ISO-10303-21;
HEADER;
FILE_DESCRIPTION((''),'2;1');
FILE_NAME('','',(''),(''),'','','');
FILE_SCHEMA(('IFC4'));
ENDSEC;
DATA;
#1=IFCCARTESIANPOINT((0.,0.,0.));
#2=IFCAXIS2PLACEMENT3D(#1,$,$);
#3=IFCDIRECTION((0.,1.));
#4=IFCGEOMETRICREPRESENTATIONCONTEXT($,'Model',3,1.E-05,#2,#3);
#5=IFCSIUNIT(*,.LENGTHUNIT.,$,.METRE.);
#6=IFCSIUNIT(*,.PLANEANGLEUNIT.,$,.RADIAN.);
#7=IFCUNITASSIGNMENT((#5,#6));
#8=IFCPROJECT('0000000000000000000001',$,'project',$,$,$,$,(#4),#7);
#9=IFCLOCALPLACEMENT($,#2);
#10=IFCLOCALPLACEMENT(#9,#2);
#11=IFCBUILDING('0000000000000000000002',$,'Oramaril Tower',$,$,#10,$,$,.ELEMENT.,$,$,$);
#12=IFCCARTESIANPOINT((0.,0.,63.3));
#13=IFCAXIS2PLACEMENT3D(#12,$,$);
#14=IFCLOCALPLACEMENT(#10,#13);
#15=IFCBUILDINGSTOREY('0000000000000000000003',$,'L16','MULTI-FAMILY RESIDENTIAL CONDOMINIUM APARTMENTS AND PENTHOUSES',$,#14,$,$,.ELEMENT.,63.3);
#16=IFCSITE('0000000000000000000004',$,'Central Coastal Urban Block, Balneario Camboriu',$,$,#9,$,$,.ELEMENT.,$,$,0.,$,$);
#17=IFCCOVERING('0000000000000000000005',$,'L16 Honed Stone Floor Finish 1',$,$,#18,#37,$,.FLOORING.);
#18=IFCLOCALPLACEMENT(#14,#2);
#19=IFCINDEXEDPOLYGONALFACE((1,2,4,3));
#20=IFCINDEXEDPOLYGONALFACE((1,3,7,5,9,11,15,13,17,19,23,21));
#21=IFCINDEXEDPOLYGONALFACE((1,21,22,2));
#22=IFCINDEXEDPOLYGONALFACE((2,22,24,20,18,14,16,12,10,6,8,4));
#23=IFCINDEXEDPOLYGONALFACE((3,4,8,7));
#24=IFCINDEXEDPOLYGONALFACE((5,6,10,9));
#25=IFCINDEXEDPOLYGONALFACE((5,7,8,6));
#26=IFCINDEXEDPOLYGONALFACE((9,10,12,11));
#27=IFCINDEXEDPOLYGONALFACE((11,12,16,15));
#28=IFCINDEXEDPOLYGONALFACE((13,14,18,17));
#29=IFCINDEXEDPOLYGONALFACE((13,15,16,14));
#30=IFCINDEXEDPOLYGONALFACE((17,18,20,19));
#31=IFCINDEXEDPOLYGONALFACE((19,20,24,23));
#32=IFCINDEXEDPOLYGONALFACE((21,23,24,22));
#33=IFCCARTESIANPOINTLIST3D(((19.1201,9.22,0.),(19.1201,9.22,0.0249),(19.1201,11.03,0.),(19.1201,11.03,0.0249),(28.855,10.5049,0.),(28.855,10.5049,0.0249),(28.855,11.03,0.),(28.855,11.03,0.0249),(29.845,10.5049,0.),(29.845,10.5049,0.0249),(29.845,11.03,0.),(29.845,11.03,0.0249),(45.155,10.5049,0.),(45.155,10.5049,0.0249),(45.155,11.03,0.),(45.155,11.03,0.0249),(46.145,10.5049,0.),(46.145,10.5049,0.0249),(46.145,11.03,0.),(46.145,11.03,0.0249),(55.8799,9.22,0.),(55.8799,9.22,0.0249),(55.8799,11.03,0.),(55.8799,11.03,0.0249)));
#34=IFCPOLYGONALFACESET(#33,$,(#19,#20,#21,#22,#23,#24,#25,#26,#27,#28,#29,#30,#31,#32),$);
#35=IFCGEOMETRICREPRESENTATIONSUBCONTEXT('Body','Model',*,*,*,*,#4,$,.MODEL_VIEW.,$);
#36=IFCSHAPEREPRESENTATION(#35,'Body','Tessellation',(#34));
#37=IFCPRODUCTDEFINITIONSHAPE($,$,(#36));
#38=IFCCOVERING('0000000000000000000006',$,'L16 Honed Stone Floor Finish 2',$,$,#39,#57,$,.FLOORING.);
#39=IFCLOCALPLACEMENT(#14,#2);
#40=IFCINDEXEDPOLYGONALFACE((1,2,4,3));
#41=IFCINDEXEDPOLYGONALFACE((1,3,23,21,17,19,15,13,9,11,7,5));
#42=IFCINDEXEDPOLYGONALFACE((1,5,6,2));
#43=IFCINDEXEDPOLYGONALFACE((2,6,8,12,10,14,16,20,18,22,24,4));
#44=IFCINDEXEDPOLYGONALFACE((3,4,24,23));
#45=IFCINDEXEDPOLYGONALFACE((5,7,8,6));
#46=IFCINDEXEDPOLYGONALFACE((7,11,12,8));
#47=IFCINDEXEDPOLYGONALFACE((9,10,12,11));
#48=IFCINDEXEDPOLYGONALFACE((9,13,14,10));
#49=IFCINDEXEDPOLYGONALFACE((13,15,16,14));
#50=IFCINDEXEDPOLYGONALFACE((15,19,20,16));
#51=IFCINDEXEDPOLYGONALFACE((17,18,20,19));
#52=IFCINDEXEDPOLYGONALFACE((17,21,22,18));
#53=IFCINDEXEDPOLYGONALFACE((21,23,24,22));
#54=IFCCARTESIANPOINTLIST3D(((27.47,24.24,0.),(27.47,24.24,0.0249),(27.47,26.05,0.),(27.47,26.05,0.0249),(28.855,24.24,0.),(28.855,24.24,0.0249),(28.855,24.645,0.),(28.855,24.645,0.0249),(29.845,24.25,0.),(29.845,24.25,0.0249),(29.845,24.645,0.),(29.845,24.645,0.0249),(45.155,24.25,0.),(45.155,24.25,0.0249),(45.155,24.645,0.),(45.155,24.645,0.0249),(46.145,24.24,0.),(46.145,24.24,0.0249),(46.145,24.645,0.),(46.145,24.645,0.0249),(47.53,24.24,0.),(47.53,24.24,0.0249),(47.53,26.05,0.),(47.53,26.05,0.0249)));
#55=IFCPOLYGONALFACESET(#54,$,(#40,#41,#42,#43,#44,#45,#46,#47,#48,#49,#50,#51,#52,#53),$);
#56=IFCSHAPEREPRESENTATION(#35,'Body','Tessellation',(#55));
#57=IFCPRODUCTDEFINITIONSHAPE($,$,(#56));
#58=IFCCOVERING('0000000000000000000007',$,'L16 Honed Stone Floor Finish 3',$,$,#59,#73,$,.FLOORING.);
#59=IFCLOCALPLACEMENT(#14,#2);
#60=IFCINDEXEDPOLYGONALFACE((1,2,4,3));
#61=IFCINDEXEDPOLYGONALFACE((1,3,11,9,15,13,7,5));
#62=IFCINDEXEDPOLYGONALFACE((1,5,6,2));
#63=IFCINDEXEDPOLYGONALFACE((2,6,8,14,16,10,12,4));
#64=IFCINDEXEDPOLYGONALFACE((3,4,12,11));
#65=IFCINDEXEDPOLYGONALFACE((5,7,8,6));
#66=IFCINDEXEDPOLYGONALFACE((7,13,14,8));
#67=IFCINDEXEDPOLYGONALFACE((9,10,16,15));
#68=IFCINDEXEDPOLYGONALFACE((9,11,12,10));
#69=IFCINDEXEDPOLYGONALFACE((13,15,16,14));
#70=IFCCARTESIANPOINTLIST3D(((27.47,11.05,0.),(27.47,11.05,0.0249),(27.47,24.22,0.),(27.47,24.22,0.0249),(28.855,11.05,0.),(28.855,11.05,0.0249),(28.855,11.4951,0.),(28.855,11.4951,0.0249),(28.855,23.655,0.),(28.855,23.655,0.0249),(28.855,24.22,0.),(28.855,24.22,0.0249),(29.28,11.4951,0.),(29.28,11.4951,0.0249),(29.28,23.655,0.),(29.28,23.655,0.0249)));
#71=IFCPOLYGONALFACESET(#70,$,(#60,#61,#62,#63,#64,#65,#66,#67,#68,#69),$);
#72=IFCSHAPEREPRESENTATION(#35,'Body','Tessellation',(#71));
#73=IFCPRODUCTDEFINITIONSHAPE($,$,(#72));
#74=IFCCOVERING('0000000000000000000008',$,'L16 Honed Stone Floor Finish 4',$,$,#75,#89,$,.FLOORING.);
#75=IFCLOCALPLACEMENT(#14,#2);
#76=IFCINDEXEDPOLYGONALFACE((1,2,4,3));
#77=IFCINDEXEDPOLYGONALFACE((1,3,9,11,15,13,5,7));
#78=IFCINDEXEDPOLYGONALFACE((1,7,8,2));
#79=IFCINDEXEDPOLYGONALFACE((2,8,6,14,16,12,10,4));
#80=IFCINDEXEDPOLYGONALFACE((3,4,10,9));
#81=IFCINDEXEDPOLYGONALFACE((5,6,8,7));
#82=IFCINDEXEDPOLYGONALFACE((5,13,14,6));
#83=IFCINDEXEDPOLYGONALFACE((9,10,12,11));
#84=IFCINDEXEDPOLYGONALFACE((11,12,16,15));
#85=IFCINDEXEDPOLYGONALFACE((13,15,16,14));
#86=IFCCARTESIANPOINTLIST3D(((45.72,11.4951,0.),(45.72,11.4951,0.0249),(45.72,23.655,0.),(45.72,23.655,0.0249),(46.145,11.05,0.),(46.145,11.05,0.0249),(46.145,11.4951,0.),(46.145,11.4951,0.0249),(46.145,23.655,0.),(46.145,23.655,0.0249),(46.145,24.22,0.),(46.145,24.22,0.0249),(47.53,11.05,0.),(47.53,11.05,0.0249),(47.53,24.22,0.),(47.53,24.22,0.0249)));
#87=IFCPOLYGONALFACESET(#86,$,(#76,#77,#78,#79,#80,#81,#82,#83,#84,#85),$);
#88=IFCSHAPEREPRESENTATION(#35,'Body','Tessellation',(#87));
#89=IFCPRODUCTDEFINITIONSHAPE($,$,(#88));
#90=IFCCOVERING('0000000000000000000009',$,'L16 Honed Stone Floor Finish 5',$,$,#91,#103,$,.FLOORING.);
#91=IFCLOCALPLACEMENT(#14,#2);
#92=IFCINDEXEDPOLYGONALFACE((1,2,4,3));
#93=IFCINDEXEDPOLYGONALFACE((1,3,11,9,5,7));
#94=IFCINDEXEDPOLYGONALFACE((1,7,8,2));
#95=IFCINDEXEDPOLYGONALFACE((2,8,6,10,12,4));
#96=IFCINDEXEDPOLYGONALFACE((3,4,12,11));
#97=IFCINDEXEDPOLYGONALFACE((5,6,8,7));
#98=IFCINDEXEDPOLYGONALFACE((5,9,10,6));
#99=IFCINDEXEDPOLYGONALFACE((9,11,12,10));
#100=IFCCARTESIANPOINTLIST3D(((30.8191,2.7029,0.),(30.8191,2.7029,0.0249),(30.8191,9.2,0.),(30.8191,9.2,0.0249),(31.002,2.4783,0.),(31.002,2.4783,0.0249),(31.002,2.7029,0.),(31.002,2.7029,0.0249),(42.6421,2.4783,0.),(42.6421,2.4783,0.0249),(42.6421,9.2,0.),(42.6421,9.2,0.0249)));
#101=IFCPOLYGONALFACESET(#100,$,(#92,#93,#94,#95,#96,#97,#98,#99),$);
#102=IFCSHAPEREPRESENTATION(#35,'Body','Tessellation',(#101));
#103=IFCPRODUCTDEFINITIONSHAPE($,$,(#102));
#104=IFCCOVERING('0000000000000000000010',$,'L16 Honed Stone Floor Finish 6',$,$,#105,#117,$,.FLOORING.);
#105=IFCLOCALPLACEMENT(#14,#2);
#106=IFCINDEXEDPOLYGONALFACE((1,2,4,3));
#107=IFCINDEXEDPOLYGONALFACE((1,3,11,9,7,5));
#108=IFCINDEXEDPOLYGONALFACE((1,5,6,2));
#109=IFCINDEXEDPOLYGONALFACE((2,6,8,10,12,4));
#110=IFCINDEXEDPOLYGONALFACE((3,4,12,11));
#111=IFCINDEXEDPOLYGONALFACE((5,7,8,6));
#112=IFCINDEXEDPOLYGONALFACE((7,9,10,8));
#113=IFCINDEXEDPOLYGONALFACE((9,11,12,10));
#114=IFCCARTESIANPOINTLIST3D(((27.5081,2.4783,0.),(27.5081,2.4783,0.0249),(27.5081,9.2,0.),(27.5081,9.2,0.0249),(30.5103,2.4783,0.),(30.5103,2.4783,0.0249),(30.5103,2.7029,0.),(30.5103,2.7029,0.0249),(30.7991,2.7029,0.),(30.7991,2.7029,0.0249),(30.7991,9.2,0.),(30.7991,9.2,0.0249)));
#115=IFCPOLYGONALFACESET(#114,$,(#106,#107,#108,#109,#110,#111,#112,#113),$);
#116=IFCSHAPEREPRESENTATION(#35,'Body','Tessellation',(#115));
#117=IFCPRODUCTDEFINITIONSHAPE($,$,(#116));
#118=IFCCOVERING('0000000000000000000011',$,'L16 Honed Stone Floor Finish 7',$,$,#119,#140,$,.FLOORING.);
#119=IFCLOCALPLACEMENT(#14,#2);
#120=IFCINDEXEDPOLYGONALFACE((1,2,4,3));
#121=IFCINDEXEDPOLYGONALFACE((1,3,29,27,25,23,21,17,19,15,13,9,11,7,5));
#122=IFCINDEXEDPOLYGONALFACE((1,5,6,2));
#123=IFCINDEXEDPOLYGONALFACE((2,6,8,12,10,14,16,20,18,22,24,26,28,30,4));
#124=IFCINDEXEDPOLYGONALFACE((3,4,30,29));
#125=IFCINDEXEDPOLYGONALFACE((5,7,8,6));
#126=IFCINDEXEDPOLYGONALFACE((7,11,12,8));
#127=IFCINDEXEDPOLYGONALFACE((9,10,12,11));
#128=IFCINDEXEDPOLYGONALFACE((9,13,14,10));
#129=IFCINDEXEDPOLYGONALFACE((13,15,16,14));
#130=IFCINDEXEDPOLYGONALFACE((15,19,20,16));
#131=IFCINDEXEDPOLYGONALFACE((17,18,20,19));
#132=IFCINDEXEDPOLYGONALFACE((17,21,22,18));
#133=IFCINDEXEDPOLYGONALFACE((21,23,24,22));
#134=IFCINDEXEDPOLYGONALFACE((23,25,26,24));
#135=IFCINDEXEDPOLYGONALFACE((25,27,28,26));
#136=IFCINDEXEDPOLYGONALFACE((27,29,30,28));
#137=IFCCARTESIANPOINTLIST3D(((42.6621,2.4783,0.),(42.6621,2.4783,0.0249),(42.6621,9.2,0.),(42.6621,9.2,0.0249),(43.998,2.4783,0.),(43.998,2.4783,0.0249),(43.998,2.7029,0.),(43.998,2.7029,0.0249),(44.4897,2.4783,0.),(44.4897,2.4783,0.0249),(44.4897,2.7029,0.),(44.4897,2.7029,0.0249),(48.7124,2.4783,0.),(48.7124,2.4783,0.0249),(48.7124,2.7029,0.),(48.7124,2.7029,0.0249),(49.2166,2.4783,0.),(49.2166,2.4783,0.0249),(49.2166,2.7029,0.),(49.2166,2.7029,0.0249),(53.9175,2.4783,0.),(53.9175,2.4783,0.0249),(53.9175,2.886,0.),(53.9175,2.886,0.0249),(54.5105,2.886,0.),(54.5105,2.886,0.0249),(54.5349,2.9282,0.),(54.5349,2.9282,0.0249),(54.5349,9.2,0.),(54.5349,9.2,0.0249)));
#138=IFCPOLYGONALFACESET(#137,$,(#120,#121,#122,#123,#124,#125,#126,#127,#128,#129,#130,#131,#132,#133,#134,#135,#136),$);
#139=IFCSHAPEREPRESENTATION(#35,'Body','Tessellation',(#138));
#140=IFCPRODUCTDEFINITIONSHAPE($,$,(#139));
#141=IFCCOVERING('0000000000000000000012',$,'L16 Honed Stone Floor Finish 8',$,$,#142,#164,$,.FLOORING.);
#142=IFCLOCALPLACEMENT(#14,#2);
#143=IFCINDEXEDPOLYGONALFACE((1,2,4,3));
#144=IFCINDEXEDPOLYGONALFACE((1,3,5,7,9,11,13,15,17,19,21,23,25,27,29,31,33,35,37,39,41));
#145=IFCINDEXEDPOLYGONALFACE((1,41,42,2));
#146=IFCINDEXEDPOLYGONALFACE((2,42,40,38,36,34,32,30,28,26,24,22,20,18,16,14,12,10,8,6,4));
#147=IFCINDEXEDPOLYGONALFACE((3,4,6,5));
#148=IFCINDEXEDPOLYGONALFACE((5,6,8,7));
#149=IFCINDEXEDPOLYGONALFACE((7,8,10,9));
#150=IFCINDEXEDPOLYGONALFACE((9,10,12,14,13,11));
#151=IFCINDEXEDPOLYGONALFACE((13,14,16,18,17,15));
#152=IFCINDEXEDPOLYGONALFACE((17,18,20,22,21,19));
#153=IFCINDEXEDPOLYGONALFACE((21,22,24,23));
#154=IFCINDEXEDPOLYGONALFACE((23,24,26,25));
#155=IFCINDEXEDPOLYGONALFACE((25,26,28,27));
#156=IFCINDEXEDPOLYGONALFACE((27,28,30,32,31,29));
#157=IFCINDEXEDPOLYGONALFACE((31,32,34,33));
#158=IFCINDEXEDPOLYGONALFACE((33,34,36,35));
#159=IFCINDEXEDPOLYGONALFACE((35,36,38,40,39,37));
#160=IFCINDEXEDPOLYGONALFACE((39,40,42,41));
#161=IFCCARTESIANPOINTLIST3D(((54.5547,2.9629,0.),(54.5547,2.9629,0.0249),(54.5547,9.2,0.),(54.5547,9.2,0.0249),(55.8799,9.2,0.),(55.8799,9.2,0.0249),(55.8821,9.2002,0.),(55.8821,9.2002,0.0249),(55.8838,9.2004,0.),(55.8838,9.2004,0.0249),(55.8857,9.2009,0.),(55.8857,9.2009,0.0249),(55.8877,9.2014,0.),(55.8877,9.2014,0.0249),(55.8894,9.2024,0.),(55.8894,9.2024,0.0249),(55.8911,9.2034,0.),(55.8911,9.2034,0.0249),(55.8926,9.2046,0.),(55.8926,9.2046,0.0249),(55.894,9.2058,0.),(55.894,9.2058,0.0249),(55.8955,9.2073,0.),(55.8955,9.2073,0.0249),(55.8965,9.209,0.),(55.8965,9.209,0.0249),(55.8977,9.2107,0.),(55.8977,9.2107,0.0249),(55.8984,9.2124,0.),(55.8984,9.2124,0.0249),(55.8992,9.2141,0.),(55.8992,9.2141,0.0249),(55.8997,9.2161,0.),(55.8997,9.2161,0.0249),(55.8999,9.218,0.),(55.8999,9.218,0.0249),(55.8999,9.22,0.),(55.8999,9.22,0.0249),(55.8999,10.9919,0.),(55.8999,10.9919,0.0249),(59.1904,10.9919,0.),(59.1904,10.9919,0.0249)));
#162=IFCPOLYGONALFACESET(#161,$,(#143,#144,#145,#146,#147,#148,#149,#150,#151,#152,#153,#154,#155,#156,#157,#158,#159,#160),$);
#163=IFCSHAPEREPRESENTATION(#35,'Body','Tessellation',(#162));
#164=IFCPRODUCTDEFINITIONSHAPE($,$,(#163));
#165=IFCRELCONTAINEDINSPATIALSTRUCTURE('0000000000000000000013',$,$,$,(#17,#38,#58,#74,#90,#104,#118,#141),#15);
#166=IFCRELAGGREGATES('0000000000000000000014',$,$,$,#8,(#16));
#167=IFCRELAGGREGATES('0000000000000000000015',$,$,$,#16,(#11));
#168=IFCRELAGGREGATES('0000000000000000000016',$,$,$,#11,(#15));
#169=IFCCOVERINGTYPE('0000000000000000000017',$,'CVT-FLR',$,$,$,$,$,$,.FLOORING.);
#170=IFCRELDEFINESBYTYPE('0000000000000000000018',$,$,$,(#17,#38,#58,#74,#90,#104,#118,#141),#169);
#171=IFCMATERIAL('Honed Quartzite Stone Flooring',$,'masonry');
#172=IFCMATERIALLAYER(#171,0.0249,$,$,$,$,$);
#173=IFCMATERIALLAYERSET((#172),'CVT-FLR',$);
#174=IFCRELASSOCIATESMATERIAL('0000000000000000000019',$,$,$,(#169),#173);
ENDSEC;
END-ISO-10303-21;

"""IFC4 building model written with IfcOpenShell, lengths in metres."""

from ifc_helpers import new_model, si_unit, direction, frame, origin, place, context, subcontext, project, spatial, polyline, outline, extrude, material, layer, layer_set, type_object, element, save


model = new_model("IFC4")

# Units and contexts
model_context = context("Model", 3, precision=1e-05, world=origin(), true_north=direction((0.0, 1.0)))
body_context = subcontext(model_context, "Body", "Model", "MODEL_VIEW")
ifc_project = project(units=[si_unit("LENGTHUNIT", "METRE"), si_unit("PLANEANGLEUNIT", "RADIAN")], contexts=[model_context])

# Site, building, storey
site_placement = place(None, origin())
site = spatial("IfcSite", under=ifc_project, at=site_placement, Name="Central Coastal Urban Block, Balneario Camboriu", CompositionType="ELEMENT", RefElevation=0.0)
building_placement = place(site_placement, origin())
building = spatial("IfcBuilding", under=site, at=building_placement, Name="Oramaril Tower", CompositionType="ELEMENT")
storey_placement = place(building_placement, frame((0.0, 0.0, 63.3)))
storey = spatial("IfcBuildingStorey", under=building, at=storey_placement, Name="L16", Description="MULTI-FAMILY RESIDENTIAL CONDOMINIUM APARTMENTS AND PENTHOUSES", CompositionType="ELEMENT", Elevation=63.3)

# Coverings
ifc_material_1 = material(Name="Honed Quartzite Stone Flooring", Category="masonry")
ifc_layer_1 = layer(ifc_material_1, 0.0249)
ifc_layer_set_1 = layer_set([ifc_layer_1], Name="CVT-FLR")
covering_type_1 = type_object("IfcCoveringType", Name="CVT-FLR", PredefinedType="FLOORING", material=ifc_layer_set_1)
covering_1_placement = place(storey_placement, origin())
element("IfcCovering", 1, at=covering_1_placement, inside=storey, type_object=covering_type_1, Name="L16 Honed Stone Floor Finish 1", PredefinedType="FLOORING", context=body_context, shape_type="SweptSolid", body=[
    extrude(outline(polyline([(28.855, 10.5049), (29.845, 10.5049), (29.845, 11.03), (45.155, 11.03), (45.155, 10.5049), (46.145, 10.5049), (46.145, 11.03), (55.8799, 11.03), (55.8799, 9.22), (19.1201, 9.22), (19.1201, 11.03), (28.855, 11.03), (28.855, 10.5049)])), origin(), (0.0, 0.0, 1.0), 0.0249),
])
covering_2_placement = place(storey_placement, origin())
element("IfcCovering", 2, at=covering_2_placement, inside=storey, type_object=covering_type_1, Name="L16 Honed Stone Floor Finish 2", PredefinedType="FLOORING", context=body_context, shape_type="SweptSolid", body=[
    extrude(outline(polyline([(47.53, 24.24), (46.145, 24.24), (46.145, 24.645), (45.155, 24.645), (45.155, 24.25), (29.845, 24.25), (29.845, 24.645), (28.855, 24.645), (28.855, 24.24), (27.47, 24.24), (27.47, 26.05), (47.53, 26.05), (47.53, 24.24)])), origin(), (0.0, 0.0, 1.0), 0.0249),
])
covering_3_placement = place(storey_placement, origin())
element("IfcCovering", 3, at=covering_3_placement, inside=storey, type_object=covering_type_1, Name="L16 Honed Stone Floor Finish 3", PredefinedType="FLOORING", context=body_context, shape_type="SweptSolid", body=[
    extrude(outline(polyline([(28.855, 23.655), (29.28, 23.655), (29.28, 11.4951), (28.855, 11.4951), (28.855, 11.05), (27.47, 11.05), (27.47, 24.22), (28.855, 24.22), (28.855, 23.655)])), origin(), (0.0, 0.0, 1.0), 0.0249),
])
covering_4_placement = place(storey_placement, origin())
element("IfcCovering", 4, at=covering_4_placement, inside=storey, type_object=covering_type_1, Name="L16 Honed Stone Floor Finish 4", PredefinedType="FLOORING", context=body_context, shape_type="SweptSolid", body=[
    extrude(outline(polyline([(47.53, 11.05), (46.145, 11.05), (46.145, 11.4951), (45.72, 11.4951), (45.72, 23.655), (46.145, 23.655), (46.145, 24.22), (47.53, 24.22), (47.53, 11.05)])), origin(), (0.0, 0.0, 1.0), 0.0249),
])
covering_5_placement = place(storey_placement, origin())
element("IfcCovering", 5, at=covering_5_placement, inside=storey, type_object=covering_type_1, Name="L16 Honed Stone Floor Finish 5", PredefinedType="FLOORING", context=body_context, shape_type="SweptSolid", body=[
    extrude(outline(polyline([(31.002, 2.4783), (31.002, 2.7029), (30.8191, 2.7029), (30.8191, 9.2), (42.6421, 9.2), (42.6421, 2.4783), (31.002, 2.4783)])), origin(), (0.0, 0.0, 1.0), 0.0249),
])
covering_6_placement = place(storey_placement, origin())
element("IfcCovering", 6, at=covering_6_placement, inside=storey, type_object=covering_type_1, Name="L16 Honed Stone Floor Finish 6", PredefinedType="FLOORING", context=body_context, shape_type="SweptSolid", body=[
    extrude(outline(polyline([(27.5081, 9.2), (30.7991, 9.2), (30.7991, 2.7029), (30.5103, 2.7029), (30.5103, 2.4783), (27.5081, 2.4783), (27.5081, 9.2)])), origin(), (0.0, 0.0, 1.0), 0.0249),
])
covering_7_placement = place(storey_placement, origin())
element("IfcCovering", 7, at=covering_7_placement, inside=storey, type_object=covering_type_1, Name="L16 Honed Stone Floor Finish 7", PredefinedType="FLOORING", context=body_context, shape_type="SweptSolid", body=[
    extrude(outline(polyline([(54.5105, 2.886), (53.9175, 2.886), (53.9175, 2.4783), (49.2166, 2.4783), (49.2166, 2.7029), (48.7124, 2.7029), (48.7124, 2.4783), (44.4897, 2.4783), (44.4897, 2.7029), (43.998, 2.7029), (43.998, 2.4783), (42.6621, 2.4783), (42.6621, 9.2), (54.5349, 9.2), (54.5349, 2.9282), (54.5105, 2.886)])), origin(), (0.0, 0.0, 1.0), 0.0249),
])
covering_8_placement = place(storey_placement, origin())
element("IfcCovering", 8, at=covering_8_placement, inside=storey, type_object=covering_type_1, Name="L16 Honed Stone Floor Finish 8", PredefinedType="FLOORING", context=body_context, shape_type="SweptSolid", body=[
    extrude(outline(polyline([(59.1904, 10.9919), (54.5547, 2.9629), (54.5547, 9.2), (55.8799, 9.2), (55.8821, 9.2002), (55.8838, 9.2004), (55.8857, 9.2009), (55.8877, 9.2014), (55.8894, 9.2024), (55.8911, 9.2034), (55.8926, 9.2046), (55.894, 9.2058), (55.8955, 9.2073), (55.8965, 9.209), (55.8977, 9.2107), (55.8984, 9.2124), (55.8992, 9.2141), (55.8997, 9.2161), (55.8999, 9.218), (55.8999, 9.22), (55.8999, 10.9919), (59.1904, 10.9919)])), origin(), (0.0, 0.0, 1.0), 0.0249),
])

save(model, "model.ifc")
